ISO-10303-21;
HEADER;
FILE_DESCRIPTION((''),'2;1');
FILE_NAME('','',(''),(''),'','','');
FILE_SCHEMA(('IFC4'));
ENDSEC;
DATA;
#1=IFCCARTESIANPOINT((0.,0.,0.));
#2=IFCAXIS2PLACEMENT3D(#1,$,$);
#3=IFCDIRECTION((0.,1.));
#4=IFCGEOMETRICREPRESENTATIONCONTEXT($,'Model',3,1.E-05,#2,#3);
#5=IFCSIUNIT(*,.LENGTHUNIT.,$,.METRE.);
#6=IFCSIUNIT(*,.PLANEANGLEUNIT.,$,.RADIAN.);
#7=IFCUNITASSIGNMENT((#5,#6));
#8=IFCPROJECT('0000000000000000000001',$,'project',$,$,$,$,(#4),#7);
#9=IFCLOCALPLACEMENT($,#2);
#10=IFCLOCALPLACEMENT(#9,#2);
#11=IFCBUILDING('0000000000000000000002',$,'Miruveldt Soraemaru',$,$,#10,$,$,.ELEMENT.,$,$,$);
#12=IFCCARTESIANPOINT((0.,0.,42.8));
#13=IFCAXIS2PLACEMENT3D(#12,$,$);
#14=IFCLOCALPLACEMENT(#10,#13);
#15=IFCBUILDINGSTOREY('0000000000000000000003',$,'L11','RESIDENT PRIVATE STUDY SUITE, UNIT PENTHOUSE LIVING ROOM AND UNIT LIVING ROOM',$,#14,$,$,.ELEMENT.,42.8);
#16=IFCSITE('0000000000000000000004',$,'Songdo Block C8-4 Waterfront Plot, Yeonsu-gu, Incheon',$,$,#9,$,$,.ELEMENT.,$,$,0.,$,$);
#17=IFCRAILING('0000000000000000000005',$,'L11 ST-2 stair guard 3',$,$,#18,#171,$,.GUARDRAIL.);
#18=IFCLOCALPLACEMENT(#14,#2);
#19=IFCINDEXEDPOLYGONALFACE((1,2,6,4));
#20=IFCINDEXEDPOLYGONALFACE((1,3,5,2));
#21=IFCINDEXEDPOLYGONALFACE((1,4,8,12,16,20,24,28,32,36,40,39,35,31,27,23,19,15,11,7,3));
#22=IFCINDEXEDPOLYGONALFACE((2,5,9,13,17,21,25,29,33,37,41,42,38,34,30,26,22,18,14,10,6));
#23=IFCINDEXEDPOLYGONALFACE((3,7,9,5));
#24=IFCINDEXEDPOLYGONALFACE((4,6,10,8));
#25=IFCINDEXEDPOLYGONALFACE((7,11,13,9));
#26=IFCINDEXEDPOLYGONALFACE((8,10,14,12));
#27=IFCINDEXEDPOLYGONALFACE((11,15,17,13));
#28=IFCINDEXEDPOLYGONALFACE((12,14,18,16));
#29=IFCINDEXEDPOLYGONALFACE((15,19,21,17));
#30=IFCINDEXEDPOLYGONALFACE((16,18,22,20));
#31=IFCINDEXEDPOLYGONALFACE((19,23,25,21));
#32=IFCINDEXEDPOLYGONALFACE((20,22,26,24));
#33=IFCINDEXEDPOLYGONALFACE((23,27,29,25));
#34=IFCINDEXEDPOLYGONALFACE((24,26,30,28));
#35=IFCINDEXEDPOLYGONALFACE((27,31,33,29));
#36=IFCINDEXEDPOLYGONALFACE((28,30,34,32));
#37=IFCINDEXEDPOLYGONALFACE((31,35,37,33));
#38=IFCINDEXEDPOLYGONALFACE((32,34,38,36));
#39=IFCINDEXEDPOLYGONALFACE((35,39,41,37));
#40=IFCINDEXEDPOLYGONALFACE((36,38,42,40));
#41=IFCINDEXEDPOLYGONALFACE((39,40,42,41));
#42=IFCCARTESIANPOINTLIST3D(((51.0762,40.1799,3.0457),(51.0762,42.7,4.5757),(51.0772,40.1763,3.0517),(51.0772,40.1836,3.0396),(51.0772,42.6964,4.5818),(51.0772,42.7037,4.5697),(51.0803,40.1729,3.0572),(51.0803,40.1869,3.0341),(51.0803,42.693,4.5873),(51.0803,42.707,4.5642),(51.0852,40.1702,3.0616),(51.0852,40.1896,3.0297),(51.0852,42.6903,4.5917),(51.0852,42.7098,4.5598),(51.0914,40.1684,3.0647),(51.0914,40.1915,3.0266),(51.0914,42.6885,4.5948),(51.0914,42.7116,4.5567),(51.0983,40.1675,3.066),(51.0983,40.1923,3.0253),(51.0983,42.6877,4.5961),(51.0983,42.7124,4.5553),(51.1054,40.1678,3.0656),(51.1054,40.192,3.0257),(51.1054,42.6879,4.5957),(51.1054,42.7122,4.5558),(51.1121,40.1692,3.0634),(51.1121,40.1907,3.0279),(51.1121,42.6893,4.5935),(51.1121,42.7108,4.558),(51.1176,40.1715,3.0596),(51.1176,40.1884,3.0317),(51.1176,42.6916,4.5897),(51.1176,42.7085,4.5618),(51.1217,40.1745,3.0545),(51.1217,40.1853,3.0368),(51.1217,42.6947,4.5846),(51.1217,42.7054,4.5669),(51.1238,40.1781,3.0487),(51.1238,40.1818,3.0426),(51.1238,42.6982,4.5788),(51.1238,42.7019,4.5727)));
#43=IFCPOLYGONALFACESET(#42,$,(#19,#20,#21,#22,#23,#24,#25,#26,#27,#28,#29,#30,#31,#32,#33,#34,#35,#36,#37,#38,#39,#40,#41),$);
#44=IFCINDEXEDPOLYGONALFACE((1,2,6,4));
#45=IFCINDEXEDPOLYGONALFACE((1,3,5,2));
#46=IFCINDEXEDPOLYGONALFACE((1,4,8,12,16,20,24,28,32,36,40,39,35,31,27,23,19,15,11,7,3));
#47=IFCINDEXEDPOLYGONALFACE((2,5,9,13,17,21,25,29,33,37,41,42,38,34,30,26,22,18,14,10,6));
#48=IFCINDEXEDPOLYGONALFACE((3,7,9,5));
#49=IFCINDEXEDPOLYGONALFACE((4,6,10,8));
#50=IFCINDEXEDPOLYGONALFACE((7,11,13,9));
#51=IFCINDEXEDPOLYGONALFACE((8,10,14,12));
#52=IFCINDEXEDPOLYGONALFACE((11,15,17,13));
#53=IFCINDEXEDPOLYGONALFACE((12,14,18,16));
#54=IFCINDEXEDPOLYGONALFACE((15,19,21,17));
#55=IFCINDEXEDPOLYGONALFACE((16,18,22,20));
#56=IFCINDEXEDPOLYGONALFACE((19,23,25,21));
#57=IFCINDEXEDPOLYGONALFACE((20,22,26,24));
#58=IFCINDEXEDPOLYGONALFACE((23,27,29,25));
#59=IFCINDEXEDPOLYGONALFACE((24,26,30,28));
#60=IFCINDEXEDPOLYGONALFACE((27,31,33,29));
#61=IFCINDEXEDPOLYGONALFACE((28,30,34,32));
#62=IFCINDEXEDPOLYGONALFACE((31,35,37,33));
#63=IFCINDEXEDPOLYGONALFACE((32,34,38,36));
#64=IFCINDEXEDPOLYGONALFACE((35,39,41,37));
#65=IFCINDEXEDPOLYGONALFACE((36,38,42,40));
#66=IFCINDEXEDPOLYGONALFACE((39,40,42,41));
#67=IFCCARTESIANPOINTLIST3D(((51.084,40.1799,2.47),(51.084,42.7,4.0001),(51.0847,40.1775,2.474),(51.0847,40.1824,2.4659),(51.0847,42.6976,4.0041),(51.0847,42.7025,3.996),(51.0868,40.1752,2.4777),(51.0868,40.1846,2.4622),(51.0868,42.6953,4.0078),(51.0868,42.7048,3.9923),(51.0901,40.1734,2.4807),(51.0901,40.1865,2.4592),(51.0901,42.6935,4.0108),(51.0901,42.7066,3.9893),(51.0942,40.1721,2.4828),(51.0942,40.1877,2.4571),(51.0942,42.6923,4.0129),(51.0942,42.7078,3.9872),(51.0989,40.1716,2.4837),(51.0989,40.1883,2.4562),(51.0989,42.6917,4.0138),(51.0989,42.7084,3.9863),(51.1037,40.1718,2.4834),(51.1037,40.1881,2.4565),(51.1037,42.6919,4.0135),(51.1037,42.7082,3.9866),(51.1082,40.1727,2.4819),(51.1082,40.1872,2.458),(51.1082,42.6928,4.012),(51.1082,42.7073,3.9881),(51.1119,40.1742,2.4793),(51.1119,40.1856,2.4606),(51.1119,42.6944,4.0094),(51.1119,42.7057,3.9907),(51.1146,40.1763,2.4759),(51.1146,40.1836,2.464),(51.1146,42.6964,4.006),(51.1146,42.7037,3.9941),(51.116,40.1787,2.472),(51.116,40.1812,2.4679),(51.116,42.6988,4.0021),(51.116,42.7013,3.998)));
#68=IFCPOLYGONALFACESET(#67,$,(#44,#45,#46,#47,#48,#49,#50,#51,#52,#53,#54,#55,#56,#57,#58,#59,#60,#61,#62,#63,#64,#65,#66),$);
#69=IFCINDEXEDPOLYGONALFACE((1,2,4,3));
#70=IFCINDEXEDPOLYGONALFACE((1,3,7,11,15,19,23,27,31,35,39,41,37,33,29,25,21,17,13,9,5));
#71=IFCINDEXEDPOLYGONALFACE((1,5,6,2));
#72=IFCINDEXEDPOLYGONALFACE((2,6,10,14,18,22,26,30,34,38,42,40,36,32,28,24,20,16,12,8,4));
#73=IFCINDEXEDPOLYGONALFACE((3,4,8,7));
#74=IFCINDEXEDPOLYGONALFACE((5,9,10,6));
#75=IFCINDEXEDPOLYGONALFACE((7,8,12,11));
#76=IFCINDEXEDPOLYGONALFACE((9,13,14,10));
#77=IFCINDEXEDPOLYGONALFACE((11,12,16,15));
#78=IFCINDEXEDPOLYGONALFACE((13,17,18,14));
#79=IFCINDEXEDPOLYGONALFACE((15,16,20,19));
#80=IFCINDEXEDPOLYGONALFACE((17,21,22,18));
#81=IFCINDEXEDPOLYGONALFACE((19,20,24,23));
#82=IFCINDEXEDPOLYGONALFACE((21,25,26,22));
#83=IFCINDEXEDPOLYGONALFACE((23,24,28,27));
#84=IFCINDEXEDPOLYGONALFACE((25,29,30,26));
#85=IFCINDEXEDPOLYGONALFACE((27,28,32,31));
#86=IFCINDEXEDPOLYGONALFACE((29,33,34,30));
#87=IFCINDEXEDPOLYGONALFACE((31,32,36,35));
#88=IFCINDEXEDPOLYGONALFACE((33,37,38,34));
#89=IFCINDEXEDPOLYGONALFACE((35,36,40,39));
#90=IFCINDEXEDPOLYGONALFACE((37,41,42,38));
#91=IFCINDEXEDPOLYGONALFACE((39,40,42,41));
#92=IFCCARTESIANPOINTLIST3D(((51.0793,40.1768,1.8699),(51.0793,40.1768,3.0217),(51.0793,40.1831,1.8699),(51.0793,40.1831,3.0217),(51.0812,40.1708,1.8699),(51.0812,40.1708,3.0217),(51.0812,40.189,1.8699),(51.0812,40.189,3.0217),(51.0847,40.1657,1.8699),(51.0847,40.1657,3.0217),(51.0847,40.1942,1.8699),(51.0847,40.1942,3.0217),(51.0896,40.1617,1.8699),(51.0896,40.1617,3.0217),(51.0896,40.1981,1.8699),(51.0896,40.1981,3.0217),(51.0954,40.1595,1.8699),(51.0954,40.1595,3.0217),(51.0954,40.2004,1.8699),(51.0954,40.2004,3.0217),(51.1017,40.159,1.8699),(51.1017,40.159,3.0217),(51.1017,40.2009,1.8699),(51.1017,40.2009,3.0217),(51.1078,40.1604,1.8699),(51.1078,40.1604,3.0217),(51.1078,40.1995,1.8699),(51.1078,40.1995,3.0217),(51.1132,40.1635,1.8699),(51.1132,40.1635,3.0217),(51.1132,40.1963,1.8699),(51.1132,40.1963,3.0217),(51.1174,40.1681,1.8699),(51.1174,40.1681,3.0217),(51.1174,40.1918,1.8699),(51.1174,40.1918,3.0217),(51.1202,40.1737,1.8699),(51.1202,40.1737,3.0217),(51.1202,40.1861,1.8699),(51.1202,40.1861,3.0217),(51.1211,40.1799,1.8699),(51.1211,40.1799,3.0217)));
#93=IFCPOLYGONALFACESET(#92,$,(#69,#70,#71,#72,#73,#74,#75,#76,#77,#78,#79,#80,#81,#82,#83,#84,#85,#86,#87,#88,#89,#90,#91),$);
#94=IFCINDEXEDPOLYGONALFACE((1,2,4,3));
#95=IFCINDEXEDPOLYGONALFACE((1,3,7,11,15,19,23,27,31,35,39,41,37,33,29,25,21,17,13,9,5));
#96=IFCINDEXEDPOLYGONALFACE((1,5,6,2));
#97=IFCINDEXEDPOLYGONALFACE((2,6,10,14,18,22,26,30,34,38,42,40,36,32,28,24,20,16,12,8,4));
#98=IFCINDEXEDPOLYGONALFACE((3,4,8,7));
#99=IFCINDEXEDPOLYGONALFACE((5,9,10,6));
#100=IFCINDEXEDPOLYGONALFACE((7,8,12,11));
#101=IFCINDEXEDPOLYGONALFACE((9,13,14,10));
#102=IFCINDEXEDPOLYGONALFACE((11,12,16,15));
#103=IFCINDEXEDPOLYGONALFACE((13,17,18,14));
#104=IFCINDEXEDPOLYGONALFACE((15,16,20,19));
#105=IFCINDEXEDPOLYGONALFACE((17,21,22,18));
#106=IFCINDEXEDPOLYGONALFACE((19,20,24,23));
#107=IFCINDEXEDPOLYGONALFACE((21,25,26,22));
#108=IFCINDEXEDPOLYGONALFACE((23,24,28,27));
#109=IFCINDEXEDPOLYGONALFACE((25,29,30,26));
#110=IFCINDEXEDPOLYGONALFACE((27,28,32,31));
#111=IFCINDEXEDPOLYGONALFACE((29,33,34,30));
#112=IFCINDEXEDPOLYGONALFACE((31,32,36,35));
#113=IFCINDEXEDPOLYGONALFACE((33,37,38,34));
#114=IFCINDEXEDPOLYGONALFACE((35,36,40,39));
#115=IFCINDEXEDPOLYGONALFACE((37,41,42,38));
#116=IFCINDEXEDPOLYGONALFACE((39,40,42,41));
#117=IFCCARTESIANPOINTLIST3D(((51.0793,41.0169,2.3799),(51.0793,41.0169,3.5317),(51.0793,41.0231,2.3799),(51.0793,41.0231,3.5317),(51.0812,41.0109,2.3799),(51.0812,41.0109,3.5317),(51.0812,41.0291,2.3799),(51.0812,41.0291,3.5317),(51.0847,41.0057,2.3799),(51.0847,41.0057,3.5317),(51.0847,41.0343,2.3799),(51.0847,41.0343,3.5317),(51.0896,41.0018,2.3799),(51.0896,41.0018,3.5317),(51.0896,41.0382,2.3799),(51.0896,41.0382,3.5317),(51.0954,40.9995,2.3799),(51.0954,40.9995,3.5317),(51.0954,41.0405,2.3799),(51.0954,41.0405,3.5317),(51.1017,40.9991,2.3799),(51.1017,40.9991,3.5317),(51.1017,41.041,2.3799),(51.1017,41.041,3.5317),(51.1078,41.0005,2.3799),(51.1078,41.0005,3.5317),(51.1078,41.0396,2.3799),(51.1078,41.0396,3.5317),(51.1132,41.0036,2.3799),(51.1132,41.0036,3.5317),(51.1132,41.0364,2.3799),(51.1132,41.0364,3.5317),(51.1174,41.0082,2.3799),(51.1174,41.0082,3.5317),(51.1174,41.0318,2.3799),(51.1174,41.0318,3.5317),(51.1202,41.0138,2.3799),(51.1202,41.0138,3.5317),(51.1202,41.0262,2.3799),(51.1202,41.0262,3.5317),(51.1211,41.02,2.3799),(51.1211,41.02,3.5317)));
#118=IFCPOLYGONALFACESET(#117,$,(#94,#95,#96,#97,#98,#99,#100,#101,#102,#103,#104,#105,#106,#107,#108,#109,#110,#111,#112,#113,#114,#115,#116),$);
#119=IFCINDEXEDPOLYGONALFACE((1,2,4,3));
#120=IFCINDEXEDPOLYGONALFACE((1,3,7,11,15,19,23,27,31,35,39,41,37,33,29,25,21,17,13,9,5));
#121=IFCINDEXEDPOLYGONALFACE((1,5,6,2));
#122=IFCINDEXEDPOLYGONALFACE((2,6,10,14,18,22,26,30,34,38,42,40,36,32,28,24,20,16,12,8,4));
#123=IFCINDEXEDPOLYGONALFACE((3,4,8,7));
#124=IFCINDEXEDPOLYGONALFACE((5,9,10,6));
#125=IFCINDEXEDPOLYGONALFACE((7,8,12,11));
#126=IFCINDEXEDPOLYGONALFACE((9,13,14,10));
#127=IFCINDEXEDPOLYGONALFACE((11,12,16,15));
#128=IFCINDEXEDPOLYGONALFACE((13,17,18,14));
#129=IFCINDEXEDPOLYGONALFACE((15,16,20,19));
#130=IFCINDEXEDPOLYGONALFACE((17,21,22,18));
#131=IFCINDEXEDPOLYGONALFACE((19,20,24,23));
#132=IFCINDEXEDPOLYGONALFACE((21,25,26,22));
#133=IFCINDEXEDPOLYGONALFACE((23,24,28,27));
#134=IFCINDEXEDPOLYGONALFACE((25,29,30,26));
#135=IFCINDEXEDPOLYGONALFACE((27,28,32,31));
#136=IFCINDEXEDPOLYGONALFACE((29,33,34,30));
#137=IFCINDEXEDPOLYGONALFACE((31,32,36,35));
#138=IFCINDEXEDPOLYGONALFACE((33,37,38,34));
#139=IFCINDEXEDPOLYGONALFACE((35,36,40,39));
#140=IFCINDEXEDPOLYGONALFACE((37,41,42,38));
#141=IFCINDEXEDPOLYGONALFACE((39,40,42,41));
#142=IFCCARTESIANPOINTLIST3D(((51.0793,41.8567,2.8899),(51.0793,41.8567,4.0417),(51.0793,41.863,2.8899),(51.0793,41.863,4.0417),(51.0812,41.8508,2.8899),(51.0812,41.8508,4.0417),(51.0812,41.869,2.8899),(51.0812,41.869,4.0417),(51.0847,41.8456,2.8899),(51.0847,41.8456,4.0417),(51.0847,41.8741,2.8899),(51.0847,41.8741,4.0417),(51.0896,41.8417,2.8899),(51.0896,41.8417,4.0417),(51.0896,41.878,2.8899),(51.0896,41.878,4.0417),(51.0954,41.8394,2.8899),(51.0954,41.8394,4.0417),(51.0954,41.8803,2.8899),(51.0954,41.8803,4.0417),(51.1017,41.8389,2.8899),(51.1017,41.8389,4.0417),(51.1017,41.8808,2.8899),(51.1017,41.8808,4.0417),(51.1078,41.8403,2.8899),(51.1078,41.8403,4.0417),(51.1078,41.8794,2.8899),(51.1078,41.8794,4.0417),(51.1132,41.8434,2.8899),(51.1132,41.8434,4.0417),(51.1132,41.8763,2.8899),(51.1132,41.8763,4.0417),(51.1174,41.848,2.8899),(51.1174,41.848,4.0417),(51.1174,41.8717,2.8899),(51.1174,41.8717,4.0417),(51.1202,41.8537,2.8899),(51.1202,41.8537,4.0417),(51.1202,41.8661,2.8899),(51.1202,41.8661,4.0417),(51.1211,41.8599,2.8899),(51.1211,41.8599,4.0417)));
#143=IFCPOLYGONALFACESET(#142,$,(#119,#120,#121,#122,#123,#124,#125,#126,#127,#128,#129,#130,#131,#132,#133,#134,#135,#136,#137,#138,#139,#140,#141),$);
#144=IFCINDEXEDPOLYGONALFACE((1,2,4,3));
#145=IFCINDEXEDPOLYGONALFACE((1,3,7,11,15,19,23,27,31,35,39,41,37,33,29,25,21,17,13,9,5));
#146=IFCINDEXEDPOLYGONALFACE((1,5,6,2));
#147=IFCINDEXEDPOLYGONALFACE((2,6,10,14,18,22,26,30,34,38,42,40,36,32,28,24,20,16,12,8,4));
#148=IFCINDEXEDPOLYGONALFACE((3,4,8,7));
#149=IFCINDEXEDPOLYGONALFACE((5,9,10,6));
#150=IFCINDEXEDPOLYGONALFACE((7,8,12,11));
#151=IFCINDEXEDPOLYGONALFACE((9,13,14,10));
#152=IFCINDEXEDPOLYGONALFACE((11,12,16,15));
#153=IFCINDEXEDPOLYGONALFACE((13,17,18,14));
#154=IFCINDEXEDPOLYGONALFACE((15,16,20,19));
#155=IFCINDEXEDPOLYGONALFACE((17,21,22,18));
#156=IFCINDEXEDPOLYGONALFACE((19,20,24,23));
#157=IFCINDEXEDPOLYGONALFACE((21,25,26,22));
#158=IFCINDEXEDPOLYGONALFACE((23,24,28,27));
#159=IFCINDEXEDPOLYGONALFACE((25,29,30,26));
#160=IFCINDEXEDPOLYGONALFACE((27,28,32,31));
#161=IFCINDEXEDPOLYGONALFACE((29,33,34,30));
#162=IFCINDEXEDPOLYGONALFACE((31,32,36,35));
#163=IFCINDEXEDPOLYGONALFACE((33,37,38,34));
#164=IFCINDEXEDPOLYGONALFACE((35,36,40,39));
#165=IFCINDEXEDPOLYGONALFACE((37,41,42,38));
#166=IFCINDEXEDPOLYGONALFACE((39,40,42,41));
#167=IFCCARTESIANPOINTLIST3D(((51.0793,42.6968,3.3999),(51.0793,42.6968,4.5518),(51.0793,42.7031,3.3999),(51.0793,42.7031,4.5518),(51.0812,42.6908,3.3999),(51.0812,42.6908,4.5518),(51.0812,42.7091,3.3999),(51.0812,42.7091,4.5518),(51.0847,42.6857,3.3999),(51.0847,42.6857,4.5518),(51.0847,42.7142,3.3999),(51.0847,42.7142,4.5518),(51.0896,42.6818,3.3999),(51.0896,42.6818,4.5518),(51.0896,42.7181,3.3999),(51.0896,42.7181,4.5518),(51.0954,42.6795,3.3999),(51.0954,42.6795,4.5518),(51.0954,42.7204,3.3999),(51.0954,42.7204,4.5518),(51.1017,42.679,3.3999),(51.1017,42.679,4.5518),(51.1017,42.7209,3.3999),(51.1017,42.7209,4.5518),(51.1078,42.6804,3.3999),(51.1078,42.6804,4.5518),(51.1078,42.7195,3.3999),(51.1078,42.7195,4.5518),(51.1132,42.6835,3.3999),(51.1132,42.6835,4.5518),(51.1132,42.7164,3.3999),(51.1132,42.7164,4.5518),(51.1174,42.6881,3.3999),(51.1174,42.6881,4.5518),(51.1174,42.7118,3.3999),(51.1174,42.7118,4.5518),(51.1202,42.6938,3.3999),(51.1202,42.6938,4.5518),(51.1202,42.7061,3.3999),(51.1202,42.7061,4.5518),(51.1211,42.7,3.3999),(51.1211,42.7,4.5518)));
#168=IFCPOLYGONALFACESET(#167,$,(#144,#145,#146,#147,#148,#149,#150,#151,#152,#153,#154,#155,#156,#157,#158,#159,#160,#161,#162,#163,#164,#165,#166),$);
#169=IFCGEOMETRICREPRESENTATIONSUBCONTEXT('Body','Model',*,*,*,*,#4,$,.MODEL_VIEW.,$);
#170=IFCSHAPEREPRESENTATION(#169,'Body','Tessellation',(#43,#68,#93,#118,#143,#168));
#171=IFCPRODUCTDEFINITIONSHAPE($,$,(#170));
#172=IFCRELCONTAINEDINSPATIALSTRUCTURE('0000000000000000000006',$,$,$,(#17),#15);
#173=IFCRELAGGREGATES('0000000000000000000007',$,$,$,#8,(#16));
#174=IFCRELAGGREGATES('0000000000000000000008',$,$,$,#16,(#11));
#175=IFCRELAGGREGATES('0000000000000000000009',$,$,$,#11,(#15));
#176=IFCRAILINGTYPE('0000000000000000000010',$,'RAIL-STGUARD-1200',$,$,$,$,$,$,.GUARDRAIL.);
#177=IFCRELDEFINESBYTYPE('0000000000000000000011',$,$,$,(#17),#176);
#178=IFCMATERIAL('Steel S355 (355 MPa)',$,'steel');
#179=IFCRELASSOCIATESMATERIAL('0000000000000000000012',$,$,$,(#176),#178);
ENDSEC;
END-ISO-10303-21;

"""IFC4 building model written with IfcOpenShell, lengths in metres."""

from ifc_helpers import new_model, si_unit, direction, frame, origin, origin_2d, place, context, subcontext, project, spatial, circle, extrude, material, type_object, element, save


model = new_model("IFC4")

# Units and contexts
model_context = context("Model", 3, precision=1e-05, world=origin(), true_north=direction((0.0, 1.0)))
body_context = subcontext(model_context, "Body", "Model", "MODEL_VIEW")
ifc_project = project(units=[si_unit("LENGTHUNIT", "METRE"), si_unit("PLANEANGLEUNIT", "RADIAN")], contexts=[model_context])

# Site, building, storey
site_placement = place(None, origin())
site = spatial("IfcSite", under=ifc_project, at=site_placement, Name="Songdo Block C8-4 Waterfront Plot, Yeonsu-gu, Incheon", CompositionType="ELEMENT", RefElevation=0.0)
building_placement = place(site_placement, origin())
building = spatial("IfcBuilding", under=site, at=building_placement, Name="Miruveldt Soraemaru", CompositionType="ELEMENT")
storey_placement = place(building_placement, frame((0.0, 0.0, 42.8)))
storey = spatial("IfcBuildingStorey", under=building, at=storey_placement, Name="L11", Description="RESIDENT PRIVATE STUDY SUITE, UNIT PENTHOUSE LIVING ROOM AND UNIT LIVING ROOM", CompositionType="ELEMENT", Elevation=42.8)

# Railing
ifc_material_1 = material(Name="Steel S355 (355 MPa)", Category="steel")
railing_type_1 = type_object("IfcRailingType", Name="RAIL-STGUARD-1200", PredefinedType="GUARDRAIL", material=ifc_material_1)
railing_1_placement = place(storey_placement, frame((51.1001, 40.1799, 1.8699)))
element("IfcRailing", 1, at=railing_1_placement, inside=storey, type_object=railing_type_1, Name="L11 ST-2 stair guard 3", PredefinedType="GUARDRAIL", context=body_context, shape_type="SweptSolid", body=[
    extrude(circle(Radius=0.0239, at=origin_2d()), frame((0.0, 0.0, 1.1758), z_axis=(0.0, 0.854785, 0.518982), x_axis=(-1.0, 0.0, 0.0)), (0.0, 0.0, 1.0), 2.9482),
    extrude(circle(Radius=0.0161, at=origin_2d()), frame((0.0, 0.0, 0.6001), z_axis=(0.0, 0.854785, 0.518982), x_axis=(-1.0, 0.0, 0.0)), (0.0, 0.0, 1.0), 2.9482),
    extrude(circle(Radius=0.021, at=origin_2d()), origin(), (0.0, 0.0, 1.0), 1.1519),
    extrude(circle(Radius=0.021, at=origin_2d()), frame((0.0, 0.8401, 0.51)), (0.0, 0.0, 1.0), 1.1519),
    extrude(circle(Radius=0.021, at=origin_2d()), frame((0.0, 1.6799, 1.02)), (0.0, 0.0, 1.0), 1.1519),
    extrude(circle(Radius=0.021, at=origin_2d()), frame((0.0, 2.52, 1.53)), (0.0, 0.0, 1.0), 1.1519),
])

save(model, "model.ifc")
